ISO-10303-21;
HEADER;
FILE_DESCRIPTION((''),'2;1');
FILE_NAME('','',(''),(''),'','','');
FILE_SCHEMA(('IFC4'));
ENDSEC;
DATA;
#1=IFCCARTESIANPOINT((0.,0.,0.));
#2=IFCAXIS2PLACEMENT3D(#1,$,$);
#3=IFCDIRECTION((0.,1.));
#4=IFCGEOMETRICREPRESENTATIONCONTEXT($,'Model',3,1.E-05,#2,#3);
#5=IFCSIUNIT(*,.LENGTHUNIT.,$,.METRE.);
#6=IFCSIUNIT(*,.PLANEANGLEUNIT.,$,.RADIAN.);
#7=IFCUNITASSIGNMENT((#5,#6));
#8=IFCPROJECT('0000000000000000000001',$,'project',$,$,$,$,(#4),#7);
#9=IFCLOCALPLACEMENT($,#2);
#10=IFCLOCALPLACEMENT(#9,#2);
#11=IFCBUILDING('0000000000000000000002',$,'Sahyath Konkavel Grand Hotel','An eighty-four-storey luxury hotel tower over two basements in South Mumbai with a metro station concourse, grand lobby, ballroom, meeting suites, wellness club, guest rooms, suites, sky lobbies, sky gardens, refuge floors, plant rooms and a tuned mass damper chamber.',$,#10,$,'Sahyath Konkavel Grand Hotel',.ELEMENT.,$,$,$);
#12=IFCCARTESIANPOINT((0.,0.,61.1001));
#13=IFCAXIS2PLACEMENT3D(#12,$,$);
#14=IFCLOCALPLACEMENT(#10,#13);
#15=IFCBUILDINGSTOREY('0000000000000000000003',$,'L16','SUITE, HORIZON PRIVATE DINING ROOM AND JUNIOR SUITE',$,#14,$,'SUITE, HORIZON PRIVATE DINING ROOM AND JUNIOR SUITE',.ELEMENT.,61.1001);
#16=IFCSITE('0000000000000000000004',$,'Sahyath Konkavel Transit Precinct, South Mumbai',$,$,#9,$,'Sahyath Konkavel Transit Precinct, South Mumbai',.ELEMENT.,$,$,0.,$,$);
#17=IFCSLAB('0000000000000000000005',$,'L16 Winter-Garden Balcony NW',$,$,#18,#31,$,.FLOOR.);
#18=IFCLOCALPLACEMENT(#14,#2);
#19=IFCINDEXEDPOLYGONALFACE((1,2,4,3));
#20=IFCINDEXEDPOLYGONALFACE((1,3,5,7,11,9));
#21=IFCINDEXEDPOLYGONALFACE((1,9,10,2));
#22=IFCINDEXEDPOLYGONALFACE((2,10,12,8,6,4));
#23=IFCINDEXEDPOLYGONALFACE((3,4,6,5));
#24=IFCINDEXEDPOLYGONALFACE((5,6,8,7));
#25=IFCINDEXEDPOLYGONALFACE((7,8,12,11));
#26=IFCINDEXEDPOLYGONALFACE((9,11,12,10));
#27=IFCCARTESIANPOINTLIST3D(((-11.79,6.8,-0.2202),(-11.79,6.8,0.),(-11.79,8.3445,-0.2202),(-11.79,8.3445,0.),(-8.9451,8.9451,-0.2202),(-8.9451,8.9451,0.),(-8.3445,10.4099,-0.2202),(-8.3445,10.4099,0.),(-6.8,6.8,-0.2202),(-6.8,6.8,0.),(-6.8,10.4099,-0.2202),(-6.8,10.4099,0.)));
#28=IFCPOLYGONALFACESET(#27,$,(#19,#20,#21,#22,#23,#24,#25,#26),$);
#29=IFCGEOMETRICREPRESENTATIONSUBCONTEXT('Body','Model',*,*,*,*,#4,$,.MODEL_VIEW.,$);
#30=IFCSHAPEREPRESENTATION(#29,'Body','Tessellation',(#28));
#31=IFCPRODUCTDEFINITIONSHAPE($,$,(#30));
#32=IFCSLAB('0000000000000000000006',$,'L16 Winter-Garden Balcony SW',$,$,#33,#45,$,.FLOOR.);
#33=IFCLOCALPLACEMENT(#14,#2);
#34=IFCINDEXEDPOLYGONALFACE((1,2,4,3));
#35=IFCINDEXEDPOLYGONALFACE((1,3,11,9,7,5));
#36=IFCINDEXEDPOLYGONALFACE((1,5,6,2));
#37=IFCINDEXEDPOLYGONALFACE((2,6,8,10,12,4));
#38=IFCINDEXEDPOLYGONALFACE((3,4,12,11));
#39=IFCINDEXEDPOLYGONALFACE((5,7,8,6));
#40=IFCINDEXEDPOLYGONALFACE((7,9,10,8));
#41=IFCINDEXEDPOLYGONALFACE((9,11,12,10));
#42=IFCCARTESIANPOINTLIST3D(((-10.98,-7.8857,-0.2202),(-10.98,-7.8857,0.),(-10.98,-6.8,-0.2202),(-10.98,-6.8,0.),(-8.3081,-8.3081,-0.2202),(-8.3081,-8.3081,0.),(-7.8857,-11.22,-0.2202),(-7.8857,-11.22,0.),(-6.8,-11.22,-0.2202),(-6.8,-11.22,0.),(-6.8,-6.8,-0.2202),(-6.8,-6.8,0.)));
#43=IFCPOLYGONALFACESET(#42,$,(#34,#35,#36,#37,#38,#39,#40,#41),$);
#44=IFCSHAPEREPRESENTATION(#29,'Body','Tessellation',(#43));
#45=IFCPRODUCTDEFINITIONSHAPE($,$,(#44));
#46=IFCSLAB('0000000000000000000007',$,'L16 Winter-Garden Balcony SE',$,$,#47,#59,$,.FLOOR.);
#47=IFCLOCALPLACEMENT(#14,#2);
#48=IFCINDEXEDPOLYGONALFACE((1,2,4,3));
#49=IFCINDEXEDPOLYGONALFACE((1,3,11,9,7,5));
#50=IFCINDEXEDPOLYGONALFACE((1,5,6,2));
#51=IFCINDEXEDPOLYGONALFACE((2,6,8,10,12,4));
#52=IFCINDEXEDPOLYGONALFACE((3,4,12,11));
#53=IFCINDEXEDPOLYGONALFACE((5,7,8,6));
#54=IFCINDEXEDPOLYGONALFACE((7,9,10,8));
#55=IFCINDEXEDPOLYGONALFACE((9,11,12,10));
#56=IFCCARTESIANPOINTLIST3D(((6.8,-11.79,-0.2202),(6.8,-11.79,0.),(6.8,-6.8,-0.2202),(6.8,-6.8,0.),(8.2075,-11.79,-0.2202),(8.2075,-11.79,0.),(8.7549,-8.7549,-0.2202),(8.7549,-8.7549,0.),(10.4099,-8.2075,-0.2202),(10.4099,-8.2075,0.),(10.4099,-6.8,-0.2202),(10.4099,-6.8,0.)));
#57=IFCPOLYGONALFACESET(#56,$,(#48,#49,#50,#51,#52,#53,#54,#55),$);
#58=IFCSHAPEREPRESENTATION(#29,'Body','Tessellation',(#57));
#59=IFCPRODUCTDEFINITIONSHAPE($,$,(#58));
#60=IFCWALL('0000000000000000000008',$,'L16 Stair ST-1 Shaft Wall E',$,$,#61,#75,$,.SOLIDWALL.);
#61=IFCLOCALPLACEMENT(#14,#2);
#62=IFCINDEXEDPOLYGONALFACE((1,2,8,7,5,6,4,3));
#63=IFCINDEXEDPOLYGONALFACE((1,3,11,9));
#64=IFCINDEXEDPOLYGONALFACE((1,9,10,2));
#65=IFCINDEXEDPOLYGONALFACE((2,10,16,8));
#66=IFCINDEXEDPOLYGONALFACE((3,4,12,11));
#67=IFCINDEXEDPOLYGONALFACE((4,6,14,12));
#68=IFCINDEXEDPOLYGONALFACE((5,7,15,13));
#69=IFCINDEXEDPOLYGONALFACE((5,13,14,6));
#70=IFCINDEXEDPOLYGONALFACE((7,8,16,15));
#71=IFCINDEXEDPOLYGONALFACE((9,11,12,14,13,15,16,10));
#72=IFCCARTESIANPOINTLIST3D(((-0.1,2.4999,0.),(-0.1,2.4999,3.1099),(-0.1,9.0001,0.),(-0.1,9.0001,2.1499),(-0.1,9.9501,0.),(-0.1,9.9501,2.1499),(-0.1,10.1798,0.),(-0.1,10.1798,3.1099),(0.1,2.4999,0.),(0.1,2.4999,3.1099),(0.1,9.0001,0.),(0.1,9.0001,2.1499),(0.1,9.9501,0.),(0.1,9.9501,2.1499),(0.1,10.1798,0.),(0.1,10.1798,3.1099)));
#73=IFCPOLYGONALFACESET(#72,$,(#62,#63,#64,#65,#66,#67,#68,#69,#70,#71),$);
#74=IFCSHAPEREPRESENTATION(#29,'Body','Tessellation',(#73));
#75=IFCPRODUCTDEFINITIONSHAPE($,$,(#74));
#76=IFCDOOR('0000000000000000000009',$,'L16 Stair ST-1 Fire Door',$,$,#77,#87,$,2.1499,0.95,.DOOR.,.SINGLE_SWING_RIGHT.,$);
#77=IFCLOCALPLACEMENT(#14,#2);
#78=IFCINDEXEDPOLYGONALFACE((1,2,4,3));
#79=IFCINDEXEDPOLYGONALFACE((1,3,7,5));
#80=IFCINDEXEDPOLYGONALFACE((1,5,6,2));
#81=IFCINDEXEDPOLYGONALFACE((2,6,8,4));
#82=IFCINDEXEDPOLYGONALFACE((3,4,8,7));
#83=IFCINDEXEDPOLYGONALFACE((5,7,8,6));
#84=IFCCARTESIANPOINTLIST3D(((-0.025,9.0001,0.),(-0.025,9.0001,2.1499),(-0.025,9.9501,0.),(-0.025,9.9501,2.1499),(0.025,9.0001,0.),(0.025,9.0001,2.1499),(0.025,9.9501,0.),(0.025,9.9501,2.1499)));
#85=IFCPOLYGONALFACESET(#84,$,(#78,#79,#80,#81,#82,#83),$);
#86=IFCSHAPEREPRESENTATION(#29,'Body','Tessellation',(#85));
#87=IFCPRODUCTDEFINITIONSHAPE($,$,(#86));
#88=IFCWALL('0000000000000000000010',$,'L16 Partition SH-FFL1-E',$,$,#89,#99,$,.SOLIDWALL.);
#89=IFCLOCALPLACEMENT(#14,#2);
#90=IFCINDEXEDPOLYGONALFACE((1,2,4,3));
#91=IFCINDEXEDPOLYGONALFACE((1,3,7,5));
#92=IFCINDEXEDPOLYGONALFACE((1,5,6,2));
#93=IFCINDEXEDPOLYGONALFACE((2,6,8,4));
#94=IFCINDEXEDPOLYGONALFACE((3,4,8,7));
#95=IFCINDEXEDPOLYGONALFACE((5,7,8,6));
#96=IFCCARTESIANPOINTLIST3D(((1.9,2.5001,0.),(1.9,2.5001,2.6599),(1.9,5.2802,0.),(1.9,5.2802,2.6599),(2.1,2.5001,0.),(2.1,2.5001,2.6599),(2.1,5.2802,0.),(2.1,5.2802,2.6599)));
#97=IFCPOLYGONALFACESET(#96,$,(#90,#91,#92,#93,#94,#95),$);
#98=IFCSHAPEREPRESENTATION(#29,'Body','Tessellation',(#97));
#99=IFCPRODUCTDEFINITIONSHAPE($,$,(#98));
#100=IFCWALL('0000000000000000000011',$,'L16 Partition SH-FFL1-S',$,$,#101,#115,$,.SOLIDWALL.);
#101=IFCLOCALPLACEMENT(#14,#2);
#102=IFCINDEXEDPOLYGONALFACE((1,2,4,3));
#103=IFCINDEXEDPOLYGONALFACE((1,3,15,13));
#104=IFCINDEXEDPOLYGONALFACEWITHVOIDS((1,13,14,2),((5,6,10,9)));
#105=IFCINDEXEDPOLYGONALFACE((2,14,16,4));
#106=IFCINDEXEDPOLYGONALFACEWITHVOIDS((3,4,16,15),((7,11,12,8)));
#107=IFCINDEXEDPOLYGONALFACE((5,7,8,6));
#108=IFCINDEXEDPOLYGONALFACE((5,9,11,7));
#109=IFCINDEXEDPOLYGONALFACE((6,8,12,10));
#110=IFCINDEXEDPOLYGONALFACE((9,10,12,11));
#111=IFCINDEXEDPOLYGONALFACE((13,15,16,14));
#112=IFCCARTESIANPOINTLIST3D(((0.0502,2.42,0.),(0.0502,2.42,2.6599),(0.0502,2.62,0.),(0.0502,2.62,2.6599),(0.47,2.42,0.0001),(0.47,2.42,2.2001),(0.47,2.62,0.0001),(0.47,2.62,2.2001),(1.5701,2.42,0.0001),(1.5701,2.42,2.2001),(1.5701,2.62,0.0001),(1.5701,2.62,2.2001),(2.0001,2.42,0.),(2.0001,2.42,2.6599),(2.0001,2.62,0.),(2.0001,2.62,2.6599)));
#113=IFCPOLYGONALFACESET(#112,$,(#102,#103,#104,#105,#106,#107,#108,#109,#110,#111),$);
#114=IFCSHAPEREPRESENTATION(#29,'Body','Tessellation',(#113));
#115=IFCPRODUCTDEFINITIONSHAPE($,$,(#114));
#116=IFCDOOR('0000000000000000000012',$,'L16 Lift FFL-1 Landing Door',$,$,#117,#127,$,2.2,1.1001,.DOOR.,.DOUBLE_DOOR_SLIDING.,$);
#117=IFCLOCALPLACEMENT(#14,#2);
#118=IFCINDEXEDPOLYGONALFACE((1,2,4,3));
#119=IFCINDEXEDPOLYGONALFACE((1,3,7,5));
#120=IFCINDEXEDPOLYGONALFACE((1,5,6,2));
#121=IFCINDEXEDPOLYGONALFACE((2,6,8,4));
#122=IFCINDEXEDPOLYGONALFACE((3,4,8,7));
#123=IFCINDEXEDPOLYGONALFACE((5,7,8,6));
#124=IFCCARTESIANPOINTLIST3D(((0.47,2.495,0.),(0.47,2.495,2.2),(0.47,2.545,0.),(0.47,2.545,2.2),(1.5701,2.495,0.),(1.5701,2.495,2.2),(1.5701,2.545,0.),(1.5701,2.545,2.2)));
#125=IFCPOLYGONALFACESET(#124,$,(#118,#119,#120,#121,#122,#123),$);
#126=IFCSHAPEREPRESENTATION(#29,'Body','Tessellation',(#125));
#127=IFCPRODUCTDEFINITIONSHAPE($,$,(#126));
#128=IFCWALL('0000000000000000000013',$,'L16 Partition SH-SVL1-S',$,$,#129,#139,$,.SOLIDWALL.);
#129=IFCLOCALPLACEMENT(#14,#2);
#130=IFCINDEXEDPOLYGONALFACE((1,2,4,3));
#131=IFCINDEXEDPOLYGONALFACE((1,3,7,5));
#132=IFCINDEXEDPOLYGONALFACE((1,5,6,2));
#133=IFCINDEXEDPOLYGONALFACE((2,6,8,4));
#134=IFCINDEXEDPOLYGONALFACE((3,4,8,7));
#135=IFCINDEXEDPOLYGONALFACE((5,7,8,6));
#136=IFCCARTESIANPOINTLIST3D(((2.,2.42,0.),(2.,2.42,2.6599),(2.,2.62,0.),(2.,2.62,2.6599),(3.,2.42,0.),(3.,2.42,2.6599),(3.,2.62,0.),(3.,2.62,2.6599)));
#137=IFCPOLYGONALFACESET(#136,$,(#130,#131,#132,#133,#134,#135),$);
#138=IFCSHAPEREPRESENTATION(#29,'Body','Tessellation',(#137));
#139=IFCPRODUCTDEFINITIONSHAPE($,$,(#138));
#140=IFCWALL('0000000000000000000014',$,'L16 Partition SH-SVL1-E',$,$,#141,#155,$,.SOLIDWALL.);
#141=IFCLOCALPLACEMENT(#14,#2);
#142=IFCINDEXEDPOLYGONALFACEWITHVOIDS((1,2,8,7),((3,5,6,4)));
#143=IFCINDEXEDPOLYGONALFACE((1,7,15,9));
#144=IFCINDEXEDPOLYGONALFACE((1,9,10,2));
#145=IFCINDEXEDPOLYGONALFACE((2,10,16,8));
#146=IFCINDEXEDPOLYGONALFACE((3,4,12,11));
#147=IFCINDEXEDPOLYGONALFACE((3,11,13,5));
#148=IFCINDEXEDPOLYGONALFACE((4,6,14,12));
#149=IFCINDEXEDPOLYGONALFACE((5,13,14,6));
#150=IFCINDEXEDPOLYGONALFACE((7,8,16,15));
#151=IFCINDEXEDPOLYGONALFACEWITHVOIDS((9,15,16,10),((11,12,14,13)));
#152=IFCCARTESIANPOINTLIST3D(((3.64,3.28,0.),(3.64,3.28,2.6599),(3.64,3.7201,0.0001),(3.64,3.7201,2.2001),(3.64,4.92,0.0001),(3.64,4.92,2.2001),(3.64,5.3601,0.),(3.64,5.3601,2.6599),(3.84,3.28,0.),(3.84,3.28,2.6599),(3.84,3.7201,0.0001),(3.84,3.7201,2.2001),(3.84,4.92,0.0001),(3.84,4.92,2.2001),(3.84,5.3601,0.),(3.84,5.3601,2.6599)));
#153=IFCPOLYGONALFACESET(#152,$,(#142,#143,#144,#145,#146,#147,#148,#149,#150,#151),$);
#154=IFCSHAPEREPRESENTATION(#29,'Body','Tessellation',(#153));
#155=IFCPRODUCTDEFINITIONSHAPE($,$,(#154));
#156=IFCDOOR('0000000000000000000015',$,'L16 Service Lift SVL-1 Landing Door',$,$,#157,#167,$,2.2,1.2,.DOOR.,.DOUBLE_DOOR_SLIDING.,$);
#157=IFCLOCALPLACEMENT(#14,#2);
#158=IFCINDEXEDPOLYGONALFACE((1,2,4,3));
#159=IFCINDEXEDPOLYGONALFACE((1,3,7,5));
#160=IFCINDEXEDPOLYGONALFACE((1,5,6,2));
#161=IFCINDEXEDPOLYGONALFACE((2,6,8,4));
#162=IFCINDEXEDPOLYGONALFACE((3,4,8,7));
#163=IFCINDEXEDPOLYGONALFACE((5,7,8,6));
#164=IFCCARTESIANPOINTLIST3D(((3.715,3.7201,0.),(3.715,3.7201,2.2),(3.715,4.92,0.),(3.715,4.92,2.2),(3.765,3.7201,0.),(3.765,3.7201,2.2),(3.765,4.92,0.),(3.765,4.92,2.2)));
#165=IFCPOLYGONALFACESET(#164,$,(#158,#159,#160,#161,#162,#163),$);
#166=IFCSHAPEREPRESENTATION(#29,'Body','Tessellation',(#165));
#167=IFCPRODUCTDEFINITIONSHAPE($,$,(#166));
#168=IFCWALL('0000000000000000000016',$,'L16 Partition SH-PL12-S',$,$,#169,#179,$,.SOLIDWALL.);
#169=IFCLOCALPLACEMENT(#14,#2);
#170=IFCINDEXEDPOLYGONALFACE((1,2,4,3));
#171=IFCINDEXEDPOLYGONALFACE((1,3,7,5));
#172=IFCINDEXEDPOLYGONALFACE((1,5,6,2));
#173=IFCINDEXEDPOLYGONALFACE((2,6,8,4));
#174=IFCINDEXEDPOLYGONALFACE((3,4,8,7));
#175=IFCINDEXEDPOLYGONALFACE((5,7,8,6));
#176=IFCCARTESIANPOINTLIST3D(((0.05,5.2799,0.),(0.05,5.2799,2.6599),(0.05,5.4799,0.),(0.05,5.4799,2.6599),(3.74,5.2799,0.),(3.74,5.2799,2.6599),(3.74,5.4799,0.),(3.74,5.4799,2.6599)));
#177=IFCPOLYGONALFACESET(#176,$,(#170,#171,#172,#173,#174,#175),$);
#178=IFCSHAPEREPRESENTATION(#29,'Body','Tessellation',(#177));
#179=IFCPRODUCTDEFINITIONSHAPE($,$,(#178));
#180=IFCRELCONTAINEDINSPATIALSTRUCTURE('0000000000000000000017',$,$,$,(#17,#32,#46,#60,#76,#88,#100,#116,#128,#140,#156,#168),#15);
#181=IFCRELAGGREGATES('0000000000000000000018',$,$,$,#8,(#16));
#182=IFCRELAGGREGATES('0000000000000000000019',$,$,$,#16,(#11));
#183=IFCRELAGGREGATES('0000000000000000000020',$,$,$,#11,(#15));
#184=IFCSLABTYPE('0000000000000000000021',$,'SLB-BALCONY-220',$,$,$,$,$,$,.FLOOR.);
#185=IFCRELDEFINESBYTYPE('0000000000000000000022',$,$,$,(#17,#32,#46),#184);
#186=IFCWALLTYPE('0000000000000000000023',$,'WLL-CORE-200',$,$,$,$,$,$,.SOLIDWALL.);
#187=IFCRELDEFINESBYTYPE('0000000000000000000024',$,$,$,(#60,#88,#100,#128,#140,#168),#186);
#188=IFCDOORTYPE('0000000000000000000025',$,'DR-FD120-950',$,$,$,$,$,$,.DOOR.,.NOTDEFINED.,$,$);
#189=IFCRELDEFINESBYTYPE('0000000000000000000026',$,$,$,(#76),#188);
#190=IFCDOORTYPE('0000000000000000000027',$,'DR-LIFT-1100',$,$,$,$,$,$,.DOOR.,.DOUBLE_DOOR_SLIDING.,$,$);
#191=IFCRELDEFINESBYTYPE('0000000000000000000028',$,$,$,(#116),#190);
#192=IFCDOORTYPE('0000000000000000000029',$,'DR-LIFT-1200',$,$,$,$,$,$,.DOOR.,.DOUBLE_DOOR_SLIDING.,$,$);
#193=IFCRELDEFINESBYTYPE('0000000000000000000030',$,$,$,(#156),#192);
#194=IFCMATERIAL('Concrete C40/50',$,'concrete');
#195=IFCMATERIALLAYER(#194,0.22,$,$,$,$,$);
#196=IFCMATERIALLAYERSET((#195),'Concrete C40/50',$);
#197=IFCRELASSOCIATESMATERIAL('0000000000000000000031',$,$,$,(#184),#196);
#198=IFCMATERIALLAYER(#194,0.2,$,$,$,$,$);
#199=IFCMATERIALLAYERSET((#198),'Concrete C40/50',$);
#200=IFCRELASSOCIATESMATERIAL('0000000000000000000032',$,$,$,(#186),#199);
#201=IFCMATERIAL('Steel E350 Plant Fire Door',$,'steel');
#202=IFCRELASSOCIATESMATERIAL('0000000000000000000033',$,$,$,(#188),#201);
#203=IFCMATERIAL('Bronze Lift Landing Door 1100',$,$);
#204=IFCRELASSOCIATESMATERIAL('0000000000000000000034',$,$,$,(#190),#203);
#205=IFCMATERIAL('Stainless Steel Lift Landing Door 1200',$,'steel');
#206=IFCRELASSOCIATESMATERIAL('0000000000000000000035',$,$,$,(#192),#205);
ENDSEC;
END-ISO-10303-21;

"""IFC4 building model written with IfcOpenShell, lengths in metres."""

from ifc_helpers import new_model, si_unit, direction, frame, frame_2d, origin, origin_2d, place, context, subcontext, project, spatial, polyline, rectangle, outline, extrude, source, transform, mapped, material, layer, layer_set, type_object, element, fill, save


model = new_model("IFC4")

# Units and contexts
model_context = context("Model", 3, precision=1e-05, world=origin(), true_north=direction((0.0, 1.0)))
body_context = subcontext(model_context, "Body", "Model", "MODEL_VIEW")
ifc_project = project(units=[si_unit("LENGTHUNIT", "METRE"), si_unit("PLANEANGLEUNIT", "RADIAN")], contexts=[model_context])

# Site, building, storey
site_placement = place(None, origin())
site = spatial("IfcSite", under=ifc_project, at=site_placement, Name="Sahyath Konkavel Transit Precinct, South Mumbai", LongName="Sahyath Konkavel Transit Precinct, South Mumbai", CompositionType="ELEMENT", RefElevation=0.0)
building_placement = place(site_placement, origin())
building = spatial("IfcBuilding", under=site, at=building_placement, Name="Sahyath Konkavel Grand Hotel", Description="An eighty-four-storey luxury hotel tower over two basements in South Mumbai with a metro station concourse, grand lobby, ballroom, meeting suites, wellness club, guest rooms, suites, sky lobbies, sky gardens, refuge floors, plant rooms and a tuned mass damper chamber.", LongName="Sahyath Konkavel Grand Hotel", CompositionType="ELEMENT")
storey_placement = place(building_placement, frame((0.0, 0.0, 61.1001)))
storey = spatial("IfcBuildingStorey", under=building, at=storey_placement, Name="L16", Description="SUITE, HORIZON PRIVATE DINING ROOM AND JUNIOR SUITE", LongName="SUITE, HORIZON PRIVATE DINING ROOM AND JUNIOR SUITE", CompositionType="ELEMENT", Elevation=61.1001)

# Slabs
ifc_material_1 = material(Name="Concrete C40/50", Category="concrete")
ifc_layer_1 = layer(ifc_material_1, 0.22)
ifc_layer_set_1 = layer_set([ifc_layer_1], Name="Concrete C40/50")
slab_type = type_object("IfcSlabType", Name="SLB-BALCONY-220", PredefinedType="FLOOR", material=ifc_layer_set_1)
slab_1_placement = place(storey_placement, frame((0.0, 0.0, -0.2202)))
element("IfcSlab", 1, at=slab_1_placement, inside=storey, type_object=slab_type, Name="L16 Winter-Garden Balcony NW", PredefinedType="FLOOR", context=body_context, shape_type="SweptSolid", body=[
    extrude(outline(polyline([(-6.8, 6.8), (-6.8, 10.4099), (-8.3445, 10.4099), (-8.9451, 8.9451), (-11.79, 8.3445), (-11.79, 6.8), (-6.8, 6.8)])), origin(), (0.0, 0.0, 1.0), 0.2202),
])
slab_2_placement = place(storey_placement, frame((0.0, 0.0, -0.2202)))
element("IfcSlab", 2, at=slab_2_placement, inside=storey, type_object=slab_type, Name="L16 Winter-Garden Balcony SW", PredefinedType="FLOOR", context=body_context, shape_type="SweptSolid", body=[
    extrude(outline(polyline([(-6.8, -6.8), (-10.98, -6.8), (-10.98, -7.8857), (-8.3081, -8.3081), (-7.8857, -11.22), (-6.8, -11.22), (-6.8, -6.8)])), origin(), (0.0, 0.0, 1.0), 0.2202),
])
slab_3_placement = place(storey_placement, frame((0.0, 0.0, -0.2202)))
element("IfcSlab", 3, at=slab_3_placement, inside=storey, type_object=slab_type, Name="L16 Winter-Garden Balcony SE", PredefinedType="FLOOR", context=body_context, shape_type="SweptSolid", body=[
    extrude(outline(polyline([(6.8, -6.8), (6.8, -11.79), (8.2075, -11.79), (8.7549, -8.7549), (10.4099, -8.2075), (10.4099, -6.8), (6.8, -6.8)])), origin(), (0.0, 0.0, 1.0), 0.2202),
])

# Wall, opening, door
ifc_layer_2 = layer(ifc_material_1, 0.2)
ifc_layer_set_2 = layer_set([ifc_layer_2], Name="Concrete C40/50")
wall_type_1 = type_object("IfcWallType", Name="WLL-CORE-200", PredefinedType="SOLIDWALL", material=ifc_layer_set_2)
wall_1_placement = place(storey_placement, frame((0.0, 2.5, 0.0), z_axis=(0.0, 0.0, 1.0), x_axis=(0.0, 1.0, 0.0)))
wall_1 = element("IfcWall", 4, at=wall_1_placement, inside=storey, type_object=wall_type_1, Name="L16 Stair ST-1 Shaft Wall E", PredefinedType="SOLIDWALL", context=body_context, shape_type="SweptSolid", body=[
    extrude(rectangle(XDim=7.6799, YDim=0.2, at=frame_2d((3.8398, 0.0))), origin(), (0.0, 0.0, 1.0), 3.1099),
])
opening_1_placement = place(wall_1_placement, frame((6.5, 0.0, 0.0)))
opening_1 = element("IfcOpeningElement", 5, at=opening_1_placement, cuts=wall_1, PredefinedType="OPENING", context=body_context, shape_type="SweptSolid", body=[
    extrude(rectangle(XDim=0.95, YDim=2.1499, at=frame_2d((0.4751, 1.075))), frame((0.0, 0.1099, 0.0), z_axis=(0.0, -1.0, 0.0), x_axis=(1.0, 0.0, 0.0)), (0.0, 0.0, 1.0), 0.22),
])
ifc_material_2 = material(Name="Steel E350 Plant Fire Door", Category="steel")
door_type_1 = type_object("IfcDoorType", Name="DR-FD120-950", OperationType="NOTDEFINED", PredefinedType="DOOR", material=ifc_material_2)
shared_shape_1 = source(origin(), body_context, "Body", "SweptSolid", [
    extrude(rectangle(XDim=0.95, YDim=0.05, at=origin_2d()), origin(), (0.0, 0.0, 1.0), 2.1499),
])
door_1_placement = place(opening_1_placement, frame((0.4751, 0.0, 0.0)))
door_1 = element("IfcDoor", 6, at=door_1_placement, inside=storey, type_object=door_type_1, Name="L16 Stair ST-1 Fire Door", OperationType="SINGLE_SWING_RIGHT", OverallHeight=2.1499, OverallWidth=0.95, PredefinedType="DOOR", context=body_context, shape_type="MappedRepresentation", body=[
    mapped(shared_shape_1, transform((0.0, 0.0, 0.0), scale=1.0)),
])
fill(opening_1, door_1)

# Wall
wall_2_placement = place(storey_placement, frame((2.0, 2.5, 0.0), z_axis=(0.0, 0.0, 1.0), x_axis=(0.0, 1.0, 0.0)))
element("IfcWall", 7, at=wall_2_placement, inside=storey, type_object=wall_type_1, Name="L16 Partition SH-FFL1-E", PredefinedType="SOLIDWALL", context=body_context, shape_type="SweptSolid", body=[
    extrude(rectangle(XDim=2.78, YDim=0.2, at=frame_2d((1.3901, 0.0))), origin(), (0.0, 0.0, 1.0), 2.6599),
])

# Wall, opening, door
wall_3_placement = place(storey_placement, frame((0.05, 2.52, 0.0), z_axis=(0.0, 0.0, 1.0), x_axis=(1.0, 0.0, 0.0)))
wall_3 = element("IfcWall", 8, at=wall_3_placement, inside=storey, type_object=wall_type_1, Name="L16 Partition SH-FFL1-S", PredefinedType="SOLIDWALL", context=body_context, shape_type="SweptSolid", body=[
    extrude(rectangle(XDim=1.95, YDim=0.2, at=frame_2d((0.9751, 0.0))), origin(), (0.0, 0.0, 1.0), 2.6599),
])
opening_2_placement = place(wall_3_placement, frame((0.4199, 0.0, 0.0)))
opening_2 = element("IfcOpeningElement", 9, at=opening_2_placement, cuts=wall_3, PredefinedType="OPENING", context=body_context, shape_type="SweptSolid", body=[
    extrude(rectangle(XDim=1.1001, YDim=2.2, at=frame_2d((0.55, 1.1001))), frame((0.0, 0.1099, 0.0), z_axis=(0.0, -1.0, 0.0), x_axis=(1.0, 0.0, 0.0)), (0.0, 0.0, 1.0), 0.22),
])
ifc_material_3 = material(Name="Bronze Lift Landing Door 1100")
door_type_2 = type_object("IfcDoorType", Name="DR-LIFT-1100", OperationType="DOUBLE_DOOR_SLIDING", PredefinedType="DOOR", material=ifc_material_3)
shared_shape_2 = source(origin(), body_context, "Body", "SweptSolid", [
    extrude(rectangle(XDim=1.1001, YDim=0.05, at=origin_2d()), origin(), (0.0, 0.0, 1.0), 2.2),
])
door_2_placement = place(opening_2_placement, frame((0.55, 0.0, 0.0)))
door_2 = element("IfcDoor", 10, at=door_2_placement, inside=storey, type_object=door_type_2, Name="L16 Lift FFL-1 Landing Door", OperationType="DOUBLE_DOOR_SLIDING", OverallHeight=2.2, OverallWidth=1.1001, PredefinedType="DOOR", context=body_context, shape_type="MappedRepresentation", body=[
    mapped(shared_shape_2, transform((0.0, 0.0, 0.0), scale=1.0)),
])
fill(opening_2, door_2)

# Wall
wall_4_placement = place(storey_placement, frame((2.0, 2.52, 0.0), z_axis=(0.0, 0.0, 1.0), x_axis=(1.0, 0.0, 0.0)))
element("IfcWall", 11, at=wall_4_placement, inside=storey, type_object=wall_type_1, Name="L16 Partition SH-SVL1-S", PredefinedType="SOLIDWALL", context=body_context, shape_type="SweptSolid", body=[
    extrude(rectangle(XDim=1.0, YDim=0.2, at=frame_2d((0.5, 0.0))), origin(), (0.0, 0.0, 1.0), 2.6599),
])

# Wall, opening, door
wall_5_placement = place(storey_placement, frame((3.74, 3.28, 0.0), z_axis=(0.0, 0.0, 1.0), x_axis=(0.0, 1.0, 0.0)))
wall_5 = element("IfcWall", 12, at=wall_5_placement, inside=storey, type_object=wall_type_1, Name="L16 Partition SH-SVL1-E", PredefinedType="SOLIDWALL", context=body_context, shape_type="SweptSolid", body=[
    extrude(rectangle(XDim=2.0801, YDim=0.2, at=frame_2d((1.04, 0.0))), origin(), (0.0, 0.0, 1.0), 2.6599),
])
opening_3_placement = place(wall_5_placement, frame((0.4399, 0.0, 0.0)))
opening_3 = element("IfcOpeningElement", 13, at=opening_3_placement, cuts=wall_5, PredefinedType="OPENING", context=body_context, shape_type="SweptSolid", body=[
    extrude(rectangle(XDim=1.2, YDim=2.2, at=frame_2d((0.6001, 1.1001))), frame((0.0, 0.1099, 0.0), z_axis=(0.0, -1.0, 0.0), x_axis=(1.0, 0.0, 0.0)), (0.0, 0.0, 1.0), 0.22),
])
ifc_material_4 = material(Name="Stainless Steel Lift Landing Door 1200", Category="steel")
door_type_3 = type_object("IfcDoorType", Name="DR-LIFT-1200", OperationType="DOUBLE_DOOR_SLIDING", PredefinedType="DOOR", material=ifc_material_4)
shared_shape_3 = source(origin(), body_context, "Body", "SweptSolid", [
    extrude(rectangle(XDim=1.2, YDim=0.05, at=origin_2d()), origin(), (0.0, 0.0, 1.0), 2.2),
])
door_3_placement = place(opening_3_placement, frame((0.6001, 0.0, 0.0)))
door_3 = element("IfcDoor", 14, at=door_3_placement, inside=storey, type_object=door_type_3, Name="L16 Service Lift SVL-1 Landing Door", OperationType="DOUBLE_DOOR_SLIDING", OverallHeight=2.2, OverallWidth=1.2, PredefinedType="DOOR", context=body_context, shape_type="MappedRepresentation", body=[
    mapped(shared_shape_3, transform((0.0, 0.0, 0.0), scale=1.0)),
])
fill(opening_3, door_3)

# Wall
wall_6_placement = place(storey_placement, frame((0.05, 5.3799, 0.0), z_axis=(0.0, 0.0, 1.0), x_axis=(1.0, 0.0, 0.0)))
element("IfcWall", 15, at=wall_6_placement, inside=storey, type_object=wall_type_1, Name="L16 Partition SH-PL12-S", PredefinedType="SOLIDWALL", context=body_context, shape_type="SweptSolid", body=[
    extrude(rectangle(XDim=3.6899, YDim=0.2, at=frame_2d((1.845, 0.0))), origin(), (0.0, 0.0, 1.0), 2.6599),
])

save(model, "model.ifc")
